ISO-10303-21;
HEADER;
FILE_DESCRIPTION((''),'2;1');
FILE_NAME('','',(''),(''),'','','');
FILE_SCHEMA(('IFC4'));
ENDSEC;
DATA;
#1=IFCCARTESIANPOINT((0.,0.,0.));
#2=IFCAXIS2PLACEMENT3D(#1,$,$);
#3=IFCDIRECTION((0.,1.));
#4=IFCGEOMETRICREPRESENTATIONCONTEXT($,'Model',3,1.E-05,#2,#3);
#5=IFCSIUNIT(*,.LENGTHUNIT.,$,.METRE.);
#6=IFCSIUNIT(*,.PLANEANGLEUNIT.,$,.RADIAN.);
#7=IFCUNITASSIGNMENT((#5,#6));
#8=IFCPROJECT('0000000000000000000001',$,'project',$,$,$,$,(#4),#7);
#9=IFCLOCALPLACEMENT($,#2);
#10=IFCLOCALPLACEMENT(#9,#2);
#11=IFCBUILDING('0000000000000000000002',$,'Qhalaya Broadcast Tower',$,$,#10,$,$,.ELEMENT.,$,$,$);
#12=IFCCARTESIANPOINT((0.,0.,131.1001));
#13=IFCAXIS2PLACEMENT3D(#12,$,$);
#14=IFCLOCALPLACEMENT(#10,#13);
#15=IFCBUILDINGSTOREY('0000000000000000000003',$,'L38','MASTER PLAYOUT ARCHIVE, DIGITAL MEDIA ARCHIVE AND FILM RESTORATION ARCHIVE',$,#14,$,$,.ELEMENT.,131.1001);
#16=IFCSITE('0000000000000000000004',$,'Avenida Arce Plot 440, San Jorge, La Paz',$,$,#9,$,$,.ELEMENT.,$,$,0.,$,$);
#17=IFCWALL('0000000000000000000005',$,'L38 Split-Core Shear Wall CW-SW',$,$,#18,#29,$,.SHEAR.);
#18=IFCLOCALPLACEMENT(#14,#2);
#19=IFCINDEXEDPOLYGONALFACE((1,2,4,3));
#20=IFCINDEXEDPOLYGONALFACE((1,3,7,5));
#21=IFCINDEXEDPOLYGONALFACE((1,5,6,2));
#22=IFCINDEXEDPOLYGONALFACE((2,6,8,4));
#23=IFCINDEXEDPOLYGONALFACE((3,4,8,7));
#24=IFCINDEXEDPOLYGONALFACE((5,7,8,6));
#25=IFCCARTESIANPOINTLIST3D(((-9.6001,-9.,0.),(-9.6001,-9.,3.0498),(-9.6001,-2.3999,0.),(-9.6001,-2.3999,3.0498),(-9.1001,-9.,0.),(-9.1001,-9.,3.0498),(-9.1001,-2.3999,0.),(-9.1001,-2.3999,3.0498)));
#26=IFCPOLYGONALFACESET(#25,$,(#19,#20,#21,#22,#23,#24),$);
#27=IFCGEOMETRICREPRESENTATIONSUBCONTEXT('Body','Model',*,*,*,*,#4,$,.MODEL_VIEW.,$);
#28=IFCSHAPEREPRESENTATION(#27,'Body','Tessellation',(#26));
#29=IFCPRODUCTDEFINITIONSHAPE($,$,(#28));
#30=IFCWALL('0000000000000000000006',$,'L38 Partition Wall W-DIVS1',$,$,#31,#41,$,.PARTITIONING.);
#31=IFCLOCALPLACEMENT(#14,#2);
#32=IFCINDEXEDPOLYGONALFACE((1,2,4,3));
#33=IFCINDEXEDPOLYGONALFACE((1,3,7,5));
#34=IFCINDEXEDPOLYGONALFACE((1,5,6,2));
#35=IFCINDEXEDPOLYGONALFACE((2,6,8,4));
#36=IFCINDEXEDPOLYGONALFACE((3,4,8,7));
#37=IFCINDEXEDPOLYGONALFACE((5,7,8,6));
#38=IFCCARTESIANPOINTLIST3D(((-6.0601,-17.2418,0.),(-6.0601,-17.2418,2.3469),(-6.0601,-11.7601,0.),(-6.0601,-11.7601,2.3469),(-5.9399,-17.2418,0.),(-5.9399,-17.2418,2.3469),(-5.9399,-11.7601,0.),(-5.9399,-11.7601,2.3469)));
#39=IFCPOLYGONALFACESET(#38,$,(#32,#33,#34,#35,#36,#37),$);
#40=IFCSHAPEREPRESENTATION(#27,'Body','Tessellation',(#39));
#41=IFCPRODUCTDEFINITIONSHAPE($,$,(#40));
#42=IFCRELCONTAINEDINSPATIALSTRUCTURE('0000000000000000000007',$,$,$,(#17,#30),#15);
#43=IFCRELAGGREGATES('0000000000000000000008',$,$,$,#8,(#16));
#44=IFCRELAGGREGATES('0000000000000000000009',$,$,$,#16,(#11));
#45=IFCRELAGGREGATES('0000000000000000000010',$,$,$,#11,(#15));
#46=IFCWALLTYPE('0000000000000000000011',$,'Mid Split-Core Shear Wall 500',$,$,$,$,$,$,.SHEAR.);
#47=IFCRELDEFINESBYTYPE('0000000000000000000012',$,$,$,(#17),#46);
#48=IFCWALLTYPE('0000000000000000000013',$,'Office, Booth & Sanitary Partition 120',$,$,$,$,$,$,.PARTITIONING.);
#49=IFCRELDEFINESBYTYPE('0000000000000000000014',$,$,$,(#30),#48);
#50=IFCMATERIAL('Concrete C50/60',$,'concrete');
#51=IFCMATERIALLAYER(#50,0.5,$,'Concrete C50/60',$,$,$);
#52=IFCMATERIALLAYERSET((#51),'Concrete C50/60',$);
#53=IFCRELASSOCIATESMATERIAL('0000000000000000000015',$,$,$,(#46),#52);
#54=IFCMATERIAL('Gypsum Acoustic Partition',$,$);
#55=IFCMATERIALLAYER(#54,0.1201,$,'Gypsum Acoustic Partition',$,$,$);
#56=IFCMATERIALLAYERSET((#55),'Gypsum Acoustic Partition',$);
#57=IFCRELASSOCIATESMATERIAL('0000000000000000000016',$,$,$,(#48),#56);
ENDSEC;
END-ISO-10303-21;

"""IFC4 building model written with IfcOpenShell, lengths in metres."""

from ifc_helpers import new_model, si_unit, direction, frame, frame_2d, origin, place, context, subcontext, project, spatial, rectangle, extrude, material, layer, layer_set, type_object, element, save


model = new_model("IFC4")

# Units and contexts
model_context = context("Model", 3, precision=1e-05, world=origin(), true_north=direction((0.0, 1.0)))
body_context = subcontext(model_context, "Body", "Model", "MODEL_VIEW")
ifc_project = project(units=[si_unit("LENGTHUNIT", "METRE"), si_unit("PLANEANGLEUNIT", "RADIAN")], contexts=[model_context])

# Site, building, storey
site_placement = place(None, origin())
site = spatial("IfcSite", under=ifc_project, at=site_placement, Name="Avenida Arce Plot 440, San Jorge, La Paz", CompositionType="ELEMENT", RefElevation=0.0)
building_placement = place(site_placement, origin())
building = spatial("IfcBuilding", under=site, at=building_placement, Name="Qhalaya Broadcast Tower", CompositionType="ELEMENT")
storey_placement = place(building_placement, frame((0.0, 0.0, 131.1001)))
storey = spatial("IfcBuildingStorey", under=building, at=storey_placement, Name="L38", Description="MASTER PLAYOUT ARCHIVE, DIGITAL MEDIA ARCHIVE AND FILM RESTORATION ARCHIVE", CompositionType="ELEMENT", Elevation=131.1001)

# Shared definitions
ifc_material_1 = material(Name="Concrete C50/60", Category="concrete")

# Shared definitions
ifc_material_2 = material(Name="Gypsum Acoustic Partition")

# Walls
ifc_layer_1 = layer(ifc_material_1, 0.5, Name="Concrete C50/60")
ifc_layer_set_1 = layer_set([ifc_layer_1], Name="Concrete C50/60")
wall_type_1 = type_object("IfcWallType", Name="Mid Split-Core Shear Wall 500", PredefinedType="SHEAR", material=ifc_layer_set_1)
wall_1_placement = place(storey_placement, frame((-9.3501, -9.0, 0.0), z_axis=(0.0, 0.0, 1.0), x_axis=(0.0, 1.0, 0.0)))
element("IfcWall", 1, at=wall_1_placement, inside=storey, type_object=wall_type_1, Name="L38 Split-Core Shear Wall CW-SW", PredefinedType="SHEAR", context=body_context, shape_type="SweptSolid", body=[
    extrude(rectangle(XDim=6.6001, YDim=0.5, at=frame_2d((3.3, 0.0))), origin(), (0.0, 0.0, 1.0), 3.0498),
])
ifc_layer_2 = layer(ifc_material_2, 0.1201, Name="Gypsum Acoustic Partition")
ifc_layer_set_2 = layer_set([ifc_layer_2], Name="Gypsum Acoustic Partition")
wall_type_2 = type_object("IfcWallType", Name="Office, Booth & Sanitary Partition 120", PredefinedType="PARTITIONING", material=ifc_layer_set_2)
wall_2_placement = place(storey_placement, frame((-6.0, -17.2417, 0.0), z_axis=(0.0, 0.0, 1.0), x_axis=(0.0, 1.0, 0.0)))
element("IfcWall", 2, at=wall_2_placement, inside=storey, type_object=wall_type_2, Name="L38 Partition Wall W-DIVS1", PredefinedType="PARTITIONING", context=body_context, shape_type="SweptSolid", body=[
    extrude(rectangle(XDim=5.4817, YDim=0.1201, at=frame_2d((2.7407, 0.0))), origin(), (0.0, 0.0, 1.0), 2.3469),
])

save(model, "model.ifc")
